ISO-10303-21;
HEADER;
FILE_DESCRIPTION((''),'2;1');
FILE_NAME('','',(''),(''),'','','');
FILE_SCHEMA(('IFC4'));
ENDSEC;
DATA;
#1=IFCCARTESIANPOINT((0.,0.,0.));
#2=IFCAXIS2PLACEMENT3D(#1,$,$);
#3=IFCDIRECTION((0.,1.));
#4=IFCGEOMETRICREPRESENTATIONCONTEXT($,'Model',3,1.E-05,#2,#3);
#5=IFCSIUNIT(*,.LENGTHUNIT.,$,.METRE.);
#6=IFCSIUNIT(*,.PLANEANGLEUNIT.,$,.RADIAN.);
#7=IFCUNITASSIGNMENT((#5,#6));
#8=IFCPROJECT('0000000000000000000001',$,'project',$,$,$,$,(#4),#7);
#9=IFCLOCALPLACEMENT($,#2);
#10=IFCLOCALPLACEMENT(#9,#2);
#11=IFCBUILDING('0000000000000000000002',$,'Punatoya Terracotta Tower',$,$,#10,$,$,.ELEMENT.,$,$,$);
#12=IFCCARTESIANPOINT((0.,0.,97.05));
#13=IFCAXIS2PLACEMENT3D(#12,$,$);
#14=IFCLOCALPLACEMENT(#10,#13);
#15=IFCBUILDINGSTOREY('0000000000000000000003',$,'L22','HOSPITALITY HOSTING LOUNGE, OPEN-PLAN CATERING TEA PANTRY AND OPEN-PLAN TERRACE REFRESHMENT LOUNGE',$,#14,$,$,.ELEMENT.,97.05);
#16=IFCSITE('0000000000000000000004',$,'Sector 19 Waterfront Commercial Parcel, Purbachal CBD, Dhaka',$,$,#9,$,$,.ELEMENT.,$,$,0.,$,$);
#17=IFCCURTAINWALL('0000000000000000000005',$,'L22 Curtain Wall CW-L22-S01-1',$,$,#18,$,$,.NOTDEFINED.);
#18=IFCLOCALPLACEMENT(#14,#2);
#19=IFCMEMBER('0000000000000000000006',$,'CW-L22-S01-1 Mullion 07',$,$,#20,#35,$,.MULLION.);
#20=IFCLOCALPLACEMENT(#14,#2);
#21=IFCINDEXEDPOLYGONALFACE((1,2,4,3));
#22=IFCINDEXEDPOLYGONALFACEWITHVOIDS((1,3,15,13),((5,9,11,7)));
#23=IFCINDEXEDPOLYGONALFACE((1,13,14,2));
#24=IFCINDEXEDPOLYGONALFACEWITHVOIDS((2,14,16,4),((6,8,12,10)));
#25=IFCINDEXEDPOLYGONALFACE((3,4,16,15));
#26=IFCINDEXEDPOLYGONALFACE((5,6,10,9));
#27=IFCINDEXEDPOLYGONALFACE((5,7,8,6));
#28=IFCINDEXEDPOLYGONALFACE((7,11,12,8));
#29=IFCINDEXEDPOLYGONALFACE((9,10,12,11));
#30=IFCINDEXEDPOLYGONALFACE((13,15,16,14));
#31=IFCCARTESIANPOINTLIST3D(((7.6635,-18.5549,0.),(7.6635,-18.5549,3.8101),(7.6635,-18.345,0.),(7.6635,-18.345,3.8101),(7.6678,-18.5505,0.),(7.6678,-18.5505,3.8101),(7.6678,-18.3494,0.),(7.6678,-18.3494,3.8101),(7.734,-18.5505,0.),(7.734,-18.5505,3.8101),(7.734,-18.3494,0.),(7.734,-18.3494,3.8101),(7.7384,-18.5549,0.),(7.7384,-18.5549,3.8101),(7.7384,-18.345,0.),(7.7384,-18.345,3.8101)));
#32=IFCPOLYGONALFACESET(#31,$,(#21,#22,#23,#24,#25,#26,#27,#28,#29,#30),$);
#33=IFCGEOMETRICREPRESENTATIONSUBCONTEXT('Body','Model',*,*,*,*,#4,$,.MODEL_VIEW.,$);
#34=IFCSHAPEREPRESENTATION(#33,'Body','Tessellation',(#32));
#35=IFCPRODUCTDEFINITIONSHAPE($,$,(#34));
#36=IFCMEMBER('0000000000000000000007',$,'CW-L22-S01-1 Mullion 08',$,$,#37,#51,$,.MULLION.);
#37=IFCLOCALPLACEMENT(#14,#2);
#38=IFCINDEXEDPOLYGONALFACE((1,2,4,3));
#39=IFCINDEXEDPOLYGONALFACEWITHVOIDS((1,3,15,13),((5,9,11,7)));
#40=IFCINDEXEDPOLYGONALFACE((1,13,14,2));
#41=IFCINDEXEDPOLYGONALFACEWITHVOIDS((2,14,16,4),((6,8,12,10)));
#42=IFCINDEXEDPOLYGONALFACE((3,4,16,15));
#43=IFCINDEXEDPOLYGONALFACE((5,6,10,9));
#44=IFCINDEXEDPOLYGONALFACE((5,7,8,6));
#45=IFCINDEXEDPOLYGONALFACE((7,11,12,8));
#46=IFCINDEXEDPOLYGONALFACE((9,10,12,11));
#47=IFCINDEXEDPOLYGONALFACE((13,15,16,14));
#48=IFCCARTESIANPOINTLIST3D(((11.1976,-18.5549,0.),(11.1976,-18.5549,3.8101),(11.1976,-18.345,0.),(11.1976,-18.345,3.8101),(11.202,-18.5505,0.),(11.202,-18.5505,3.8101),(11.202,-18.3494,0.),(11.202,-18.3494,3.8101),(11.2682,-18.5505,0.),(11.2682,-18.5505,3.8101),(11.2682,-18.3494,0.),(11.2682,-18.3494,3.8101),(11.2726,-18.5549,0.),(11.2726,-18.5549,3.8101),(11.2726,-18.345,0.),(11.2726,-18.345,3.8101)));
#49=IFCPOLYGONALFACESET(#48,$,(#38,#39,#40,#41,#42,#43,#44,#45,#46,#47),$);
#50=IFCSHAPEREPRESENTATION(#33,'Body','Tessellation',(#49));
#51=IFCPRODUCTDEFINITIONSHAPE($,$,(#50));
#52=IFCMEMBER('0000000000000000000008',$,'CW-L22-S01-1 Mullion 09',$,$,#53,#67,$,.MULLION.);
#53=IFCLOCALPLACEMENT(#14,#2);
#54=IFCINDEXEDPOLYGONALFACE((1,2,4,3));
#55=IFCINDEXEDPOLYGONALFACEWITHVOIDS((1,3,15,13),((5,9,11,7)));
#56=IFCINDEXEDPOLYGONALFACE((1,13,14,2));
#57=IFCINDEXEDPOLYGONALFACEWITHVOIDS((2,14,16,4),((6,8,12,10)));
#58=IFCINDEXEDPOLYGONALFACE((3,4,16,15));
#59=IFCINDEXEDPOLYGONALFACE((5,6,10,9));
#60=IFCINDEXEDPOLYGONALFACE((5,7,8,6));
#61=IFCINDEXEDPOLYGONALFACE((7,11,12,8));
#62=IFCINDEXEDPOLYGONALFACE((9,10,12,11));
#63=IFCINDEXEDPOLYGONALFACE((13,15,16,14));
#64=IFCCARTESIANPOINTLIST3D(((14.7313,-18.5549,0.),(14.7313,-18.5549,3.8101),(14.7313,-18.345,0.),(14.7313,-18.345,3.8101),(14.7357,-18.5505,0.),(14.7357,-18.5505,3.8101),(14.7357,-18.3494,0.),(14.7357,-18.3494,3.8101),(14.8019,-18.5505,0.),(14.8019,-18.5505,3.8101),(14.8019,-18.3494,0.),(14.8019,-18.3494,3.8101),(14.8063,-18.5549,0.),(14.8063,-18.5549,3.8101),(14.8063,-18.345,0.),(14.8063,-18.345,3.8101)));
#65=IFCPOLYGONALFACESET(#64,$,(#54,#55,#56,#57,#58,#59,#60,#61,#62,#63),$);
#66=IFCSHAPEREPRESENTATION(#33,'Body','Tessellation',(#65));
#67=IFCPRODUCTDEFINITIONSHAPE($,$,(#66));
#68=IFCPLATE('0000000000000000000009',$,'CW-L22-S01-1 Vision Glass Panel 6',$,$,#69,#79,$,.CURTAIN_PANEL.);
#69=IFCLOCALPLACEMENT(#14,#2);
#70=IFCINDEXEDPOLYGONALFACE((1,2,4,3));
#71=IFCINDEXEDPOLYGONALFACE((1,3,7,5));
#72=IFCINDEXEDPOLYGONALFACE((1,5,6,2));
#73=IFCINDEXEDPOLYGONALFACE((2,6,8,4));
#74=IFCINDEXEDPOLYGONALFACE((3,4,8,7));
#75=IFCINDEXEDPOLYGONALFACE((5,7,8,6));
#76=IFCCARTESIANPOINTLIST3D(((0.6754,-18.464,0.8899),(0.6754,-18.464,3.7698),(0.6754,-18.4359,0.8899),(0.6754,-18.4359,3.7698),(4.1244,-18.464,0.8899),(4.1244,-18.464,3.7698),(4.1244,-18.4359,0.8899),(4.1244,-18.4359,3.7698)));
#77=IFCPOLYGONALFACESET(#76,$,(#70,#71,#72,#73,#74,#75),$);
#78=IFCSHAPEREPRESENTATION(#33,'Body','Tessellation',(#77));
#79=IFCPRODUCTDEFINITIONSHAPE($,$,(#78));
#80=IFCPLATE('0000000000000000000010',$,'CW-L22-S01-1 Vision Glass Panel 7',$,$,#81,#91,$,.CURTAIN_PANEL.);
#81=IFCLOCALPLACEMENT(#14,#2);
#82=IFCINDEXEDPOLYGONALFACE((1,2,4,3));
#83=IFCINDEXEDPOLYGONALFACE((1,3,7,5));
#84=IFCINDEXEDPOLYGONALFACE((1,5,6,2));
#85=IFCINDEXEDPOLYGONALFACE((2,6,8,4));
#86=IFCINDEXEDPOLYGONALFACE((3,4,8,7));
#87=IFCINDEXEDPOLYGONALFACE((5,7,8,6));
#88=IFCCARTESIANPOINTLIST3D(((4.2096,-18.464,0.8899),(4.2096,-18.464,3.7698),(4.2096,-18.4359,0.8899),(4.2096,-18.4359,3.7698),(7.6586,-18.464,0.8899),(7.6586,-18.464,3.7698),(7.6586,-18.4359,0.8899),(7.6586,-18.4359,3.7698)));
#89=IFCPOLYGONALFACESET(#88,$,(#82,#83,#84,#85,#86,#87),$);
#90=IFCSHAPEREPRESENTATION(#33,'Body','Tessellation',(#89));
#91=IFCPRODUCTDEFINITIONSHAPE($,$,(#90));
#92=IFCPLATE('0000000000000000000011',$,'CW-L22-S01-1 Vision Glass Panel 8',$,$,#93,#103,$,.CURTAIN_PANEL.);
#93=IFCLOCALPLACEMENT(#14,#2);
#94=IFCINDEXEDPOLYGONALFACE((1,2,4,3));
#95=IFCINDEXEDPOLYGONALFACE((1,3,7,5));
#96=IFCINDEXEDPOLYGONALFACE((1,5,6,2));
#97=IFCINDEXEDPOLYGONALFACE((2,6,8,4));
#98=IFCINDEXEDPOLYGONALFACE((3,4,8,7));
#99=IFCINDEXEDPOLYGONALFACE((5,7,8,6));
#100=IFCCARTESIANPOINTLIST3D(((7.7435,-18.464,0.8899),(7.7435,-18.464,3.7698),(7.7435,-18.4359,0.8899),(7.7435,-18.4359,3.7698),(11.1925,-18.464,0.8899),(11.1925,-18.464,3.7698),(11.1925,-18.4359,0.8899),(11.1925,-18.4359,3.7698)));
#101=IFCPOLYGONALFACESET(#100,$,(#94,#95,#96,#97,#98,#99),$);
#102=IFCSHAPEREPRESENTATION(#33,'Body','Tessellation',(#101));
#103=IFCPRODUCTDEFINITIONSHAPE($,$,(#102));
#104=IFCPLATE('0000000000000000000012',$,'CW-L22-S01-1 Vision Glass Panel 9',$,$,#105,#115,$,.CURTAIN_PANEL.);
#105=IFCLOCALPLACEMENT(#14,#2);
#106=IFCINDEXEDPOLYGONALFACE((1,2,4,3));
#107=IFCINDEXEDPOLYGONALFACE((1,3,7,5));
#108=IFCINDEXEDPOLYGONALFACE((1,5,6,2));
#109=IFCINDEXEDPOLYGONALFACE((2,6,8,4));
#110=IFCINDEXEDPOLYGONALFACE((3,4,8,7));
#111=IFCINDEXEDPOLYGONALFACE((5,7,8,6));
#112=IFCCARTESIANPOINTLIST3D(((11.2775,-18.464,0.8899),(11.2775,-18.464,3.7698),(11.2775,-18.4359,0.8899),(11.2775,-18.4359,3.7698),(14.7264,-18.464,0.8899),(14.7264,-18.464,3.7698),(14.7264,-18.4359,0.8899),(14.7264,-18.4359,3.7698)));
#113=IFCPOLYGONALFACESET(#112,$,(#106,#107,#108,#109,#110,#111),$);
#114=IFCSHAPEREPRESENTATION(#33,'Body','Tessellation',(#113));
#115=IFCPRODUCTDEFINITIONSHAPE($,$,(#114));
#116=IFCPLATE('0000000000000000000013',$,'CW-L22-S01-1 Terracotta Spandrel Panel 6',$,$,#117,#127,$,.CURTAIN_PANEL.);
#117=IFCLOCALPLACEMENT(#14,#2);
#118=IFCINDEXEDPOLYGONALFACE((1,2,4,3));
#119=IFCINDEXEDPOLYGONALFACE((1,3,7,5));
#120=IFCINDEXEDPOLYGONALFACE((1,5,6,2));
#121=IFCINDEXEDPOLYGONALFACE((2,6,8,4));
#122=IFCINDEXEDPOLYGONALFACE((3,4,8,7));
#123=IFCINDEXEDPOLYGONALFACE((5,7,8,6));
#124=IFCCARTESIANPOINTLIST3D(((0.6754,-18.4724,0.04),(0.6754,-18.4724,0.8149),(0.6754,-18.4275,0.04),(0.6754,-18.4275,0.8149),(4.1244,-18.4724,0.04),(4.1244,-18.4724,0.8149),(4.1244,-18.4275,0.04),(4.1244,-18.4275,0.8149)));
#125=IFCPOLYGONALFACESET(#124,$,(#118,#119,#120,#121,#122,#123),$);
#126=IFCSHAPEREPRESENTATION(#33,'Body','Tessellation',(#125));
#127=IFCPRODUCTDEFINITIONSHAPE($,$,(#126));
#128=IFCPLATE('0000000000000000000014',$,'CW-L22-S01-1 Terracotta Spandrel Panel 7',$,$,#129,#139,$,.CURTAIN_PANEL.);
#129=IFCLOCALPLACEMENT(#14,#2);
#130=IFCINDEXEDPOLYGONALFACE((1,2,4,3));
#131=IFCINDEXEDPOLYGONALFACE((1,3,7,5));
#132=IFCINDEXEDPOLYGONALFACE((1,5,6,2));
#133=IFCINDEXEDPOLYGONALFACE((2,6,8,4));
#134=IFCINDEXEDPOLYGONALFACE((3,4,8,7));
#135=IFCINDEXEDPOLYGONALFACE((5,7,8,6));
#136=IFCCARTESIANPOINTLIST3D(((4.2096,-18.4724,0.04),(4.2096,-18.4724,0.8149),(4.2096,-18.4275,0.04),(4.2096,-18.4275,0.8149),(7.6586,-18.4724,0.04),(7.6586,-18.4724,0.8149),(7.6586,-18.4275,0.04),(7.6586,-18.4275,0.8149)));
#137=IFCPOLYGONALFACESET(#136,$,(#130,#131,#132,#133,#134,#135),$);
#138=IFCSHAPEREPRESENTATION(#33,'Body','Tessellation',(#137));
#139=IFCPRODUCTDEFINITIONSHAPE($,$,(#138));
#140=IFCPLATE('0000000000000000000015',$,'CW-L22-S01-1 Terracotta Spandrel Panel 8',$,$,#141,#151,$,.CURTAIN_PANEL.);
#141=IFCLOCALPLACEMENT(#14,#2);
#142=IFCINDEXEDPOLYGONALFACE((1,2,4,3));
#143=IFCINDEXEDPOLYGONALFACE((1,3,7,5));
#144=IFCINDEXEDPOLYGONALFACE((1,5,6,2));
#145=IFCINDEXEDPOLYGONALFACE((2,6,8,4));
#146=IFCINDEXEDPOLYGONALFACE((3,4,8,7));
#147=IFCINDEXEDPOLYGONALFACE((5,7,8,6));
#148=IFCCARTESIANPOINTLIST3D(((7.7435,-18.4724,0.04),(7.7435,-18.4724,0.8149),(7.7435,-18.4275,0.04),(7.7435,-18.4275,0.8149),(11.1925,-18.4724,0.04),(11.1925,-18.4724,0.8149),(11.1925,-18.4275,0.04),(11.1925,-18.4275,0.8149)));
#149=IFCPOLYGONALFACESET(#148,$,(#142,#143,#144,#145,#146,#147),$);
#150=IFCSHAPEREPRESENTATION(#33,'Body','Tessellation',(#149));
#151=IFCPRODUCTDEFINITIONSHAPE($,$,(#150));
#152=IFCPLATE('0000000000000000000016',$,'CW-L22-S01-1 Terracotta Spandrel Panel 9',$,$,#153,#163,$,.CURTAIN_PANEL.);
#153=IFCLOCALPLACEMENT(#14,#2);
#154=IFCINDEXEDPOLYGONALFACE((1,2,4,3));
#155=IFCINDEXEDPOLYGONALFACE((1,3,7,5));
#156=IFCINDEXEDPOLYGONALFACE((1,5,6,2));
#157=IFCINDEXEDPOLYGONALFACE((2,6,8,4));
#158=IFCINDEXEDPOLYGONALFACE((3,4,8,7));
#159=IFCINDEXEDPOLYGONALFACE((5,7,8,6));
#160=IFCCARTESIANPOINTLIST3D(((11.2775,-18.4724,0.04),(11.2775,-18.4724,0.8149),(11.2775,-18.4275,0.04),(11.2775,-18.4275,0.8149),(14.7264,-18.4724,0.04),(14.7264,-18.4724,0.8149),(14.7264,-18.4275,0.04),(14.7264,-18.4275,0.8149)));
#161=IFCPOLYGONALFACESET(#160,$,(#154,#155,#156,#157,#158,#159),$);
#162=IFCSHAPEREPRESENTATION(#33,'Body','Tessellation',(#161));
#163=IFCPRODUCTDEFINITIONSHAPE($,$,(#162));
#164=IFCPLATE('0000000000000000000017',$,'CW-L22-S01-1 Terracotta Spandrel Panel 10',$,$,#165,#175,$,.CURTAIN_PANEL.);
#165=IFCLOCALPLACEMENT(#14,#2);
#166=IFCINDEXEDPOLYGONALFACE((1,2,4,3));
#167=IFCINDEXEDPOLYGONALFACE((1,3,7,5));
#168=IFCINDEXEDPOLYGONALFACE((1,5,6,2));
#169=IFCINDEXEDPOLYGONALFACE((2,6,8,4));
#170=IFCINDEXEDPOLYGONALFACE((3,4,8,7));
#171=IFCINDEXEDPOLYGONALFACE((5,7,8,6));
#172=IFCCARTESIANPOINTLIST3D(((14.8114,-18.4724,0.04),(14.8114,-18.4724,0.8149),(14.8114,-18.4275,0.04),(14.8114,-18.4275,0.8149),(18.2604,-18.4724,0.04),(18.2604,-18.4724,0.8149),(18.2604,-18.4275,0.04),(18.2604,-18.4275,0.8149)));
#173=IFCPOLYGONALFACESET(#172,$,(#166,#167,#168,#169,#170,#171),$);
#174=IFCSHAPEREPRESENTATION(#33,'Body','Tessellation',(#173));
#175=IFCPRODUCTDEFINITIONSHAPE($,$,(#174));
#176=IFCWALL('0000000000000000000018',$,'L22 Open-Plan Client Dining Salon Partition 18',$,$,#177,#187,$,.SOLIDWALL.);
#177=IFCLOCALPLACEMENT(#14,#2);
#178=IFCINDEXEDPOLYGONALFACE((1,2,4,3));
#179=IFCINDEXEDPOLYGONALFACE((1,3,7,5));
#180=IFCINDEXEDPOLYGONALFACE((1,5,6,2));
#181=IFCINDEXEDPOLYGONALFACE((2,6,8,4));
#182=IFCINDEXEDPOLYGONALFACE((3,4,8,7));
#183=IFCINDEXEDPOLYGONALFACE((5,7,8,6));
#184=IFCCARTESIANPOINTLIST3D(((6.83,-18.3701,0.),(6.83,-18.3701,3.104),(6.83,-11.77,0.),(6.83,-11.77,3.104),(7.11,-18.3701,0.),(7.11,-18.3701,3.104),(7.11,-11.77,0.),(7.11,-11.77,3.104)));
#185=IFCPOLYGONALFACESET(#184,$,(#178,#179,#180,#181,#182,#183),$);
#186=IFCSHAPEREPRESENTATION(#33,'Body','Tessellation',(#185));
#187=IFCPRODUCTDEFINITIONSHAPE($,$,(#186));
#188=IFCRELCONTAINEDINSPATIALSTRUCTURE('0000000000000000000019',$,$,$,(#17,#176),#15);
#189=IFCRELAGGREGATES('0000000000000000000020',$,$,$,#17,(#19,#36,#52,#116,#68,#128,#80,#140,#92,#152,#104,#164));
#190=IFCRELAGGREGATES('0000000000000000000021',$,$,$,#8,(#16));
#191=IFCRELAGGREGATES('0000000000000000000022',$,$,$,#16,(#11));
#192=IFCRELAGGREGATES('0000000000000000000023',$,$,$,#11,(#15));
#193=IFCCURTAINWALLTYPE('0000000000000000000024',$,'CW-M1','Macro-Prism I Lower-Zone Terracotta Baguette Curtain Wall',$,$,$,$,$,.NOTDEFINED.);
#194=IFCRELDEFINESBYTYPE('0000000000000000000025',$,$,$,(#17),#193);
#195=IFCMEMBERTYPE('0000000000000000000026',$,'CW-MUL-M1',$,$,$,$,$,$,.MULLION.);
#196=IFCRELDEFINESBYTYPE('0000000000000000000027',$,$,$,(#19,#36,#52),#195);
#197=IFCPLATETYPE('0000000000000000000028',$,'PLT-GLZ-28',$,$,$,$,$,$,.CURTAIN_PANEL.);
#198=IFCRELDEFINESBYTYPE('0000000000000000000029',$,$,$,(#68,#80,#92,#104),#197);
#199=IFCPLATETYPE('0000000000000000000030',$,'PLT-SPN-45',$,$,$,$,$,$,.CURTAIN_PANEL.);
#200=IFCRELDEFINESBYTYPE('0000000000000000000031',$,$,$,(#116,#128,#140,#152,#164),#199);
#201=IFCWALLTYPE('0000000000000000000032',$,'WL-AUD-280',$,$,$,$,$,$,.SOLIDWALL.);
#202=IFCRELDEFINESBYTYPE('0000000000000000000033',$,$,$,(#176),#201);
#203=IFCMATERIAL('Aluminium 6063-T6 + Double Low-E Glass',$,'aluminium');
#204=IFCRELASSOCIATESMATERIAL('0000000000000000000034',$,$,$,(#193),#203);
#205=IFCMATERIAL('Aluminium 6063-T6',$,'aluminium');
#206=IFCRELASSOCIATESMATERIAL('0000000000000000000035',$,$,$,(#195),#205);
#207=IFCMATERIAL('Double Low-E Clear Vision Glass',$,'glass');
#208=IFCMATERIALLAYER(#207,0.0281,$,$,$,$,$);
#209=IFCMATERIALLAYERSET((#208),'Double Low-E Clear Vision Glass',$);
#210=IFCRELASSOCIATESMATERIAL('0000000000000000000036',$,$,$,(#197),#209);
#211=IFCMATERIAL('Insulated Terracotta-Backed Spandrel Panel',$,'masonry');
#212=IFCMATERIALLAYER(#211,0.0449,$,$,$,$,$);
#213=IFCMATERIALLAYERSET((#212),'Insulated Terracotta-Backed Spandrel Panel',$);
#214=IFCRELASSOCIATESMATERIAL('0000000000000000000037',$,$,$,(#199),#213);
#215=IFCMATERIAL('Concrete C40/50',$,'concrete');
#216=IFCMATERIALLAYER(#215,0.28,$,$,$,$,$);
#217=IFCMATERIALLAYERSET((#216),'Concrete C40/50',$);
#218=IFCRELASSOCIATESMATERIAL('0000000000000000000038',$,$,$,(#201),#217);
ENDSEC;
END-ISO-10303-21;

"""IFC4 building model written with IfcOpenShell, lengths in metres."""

from ifc_helpers import new_model, si_unit, direction, frame, frame_2d, origin, origin_2d, place, context, subcontext, project, spatial, rectangle, hollow_rectangle, extrude, material, layer, layer_set, material_profile, profile_set, type_object, element, aggregate, save


model = new_model("IFC4")

# Units and contexts
model_context = context("Model", 3, precision=1e-05, world=origin(), true_north=direction((0.0, 1.0)))
body_context = subcontext(model_context, "Body", "Model", "MODEL_VIEW")
ifc_project = project(units=[si_unit("LENGTHUNIT", "METRE"), si_unit("PLANEANGLEUNIT", "RADIAN")], contexts=[model_context])

# Site, building, storey
site_placement = place(None, origin())
site = spatial("IfcSite", under=ifc_project, at=site_placement, Name="Sector 19 Waterfront Commercial Parcel, Purbachal CBD, Dhaka", CompositionType="ELEMENT", RefElevation=0.0)
building_placement = place(site_placement, origin())
building = spatial("IfcBuilding", under=site, at=building_placement, Name="Punatoya Terracotta Tower", CompositionType="ELEMENT")
storey_placement = place(building_placement, frame((0.0, 0.0, 97.05)))
storey = spatial("IfcBuildingStorey", under=building, at=storey_placement, Name="L22", Description="HOSPITALITY HOSTING LOUNGE, OPEN-PLAN CATERING TEA PANTRY AND OPEN-PLAN TERRACE REFRESHMENT LOUNGE", CompositionType="ELEMENT", Elevation=97.05)

# Curtain wall, members, plates
ifc_material_1 = material(Name="Aluminium 6063-T6 + Double Low-E Glass", Category="aluminium")
curtain_wall_type = type_object("IfcCurtainWallType", Name="CW-M1", Description="Macro-Prism I Lower-Zone Terracotta Baguette Curtain Wall", PredefinedType="NOTDEFINED", material=ifc_material_1)
curtain_wall_placement = place(storey_placement, origin())
curtain_wall = element("IfcCurtainWall", 1, at=curtain_wall_placement, inside=storey, type_object=curtain_wall_type, Name="L22 Curtain Wall CW-L22-S01-1", PredefinedType="NOTDEFINED")
ifc_material_2 = material(Name="Aluminium 6063-T6", Category="aluminium")
ifc_material_profile_1 = material_profile(ifc_material_2, hollow_rectangle(XDim=0.075, YDim=0.21, WallThickness=0.0044, at=origin_2d()))
ifc_profile_set_1 = profile_set([ifc_material_profile_1], Name="Aluminium 6063-T6")
member_type = type_object("IfcMemberType", Name="CW-MUL-M1", PredefinedType="MULLION", material=ifc_profile_set_1)
member_1_placement = place(storey_placement, frame((7.7009, -18.45, 0.0), z_axis=(0.0, 0.0, 1.0), x_axis=(1.0, 0.0, 0.0)))
member_1 = element("IfcMember", 2, at=member_1_placement, type_object=member_type, Name="CW-L22-S01-1 Mullion 07", PredefinedType="MULLION", context=body_context, shape_type="SweptSolid", body=[
    extrude(hollow_rectangle(XDim=0.075, YDim=0.21, WallThickness=0.0044, at=origin_2d()), origin(), (0.0, 0.0, 1.0), 3.8101),
])
member_2_placement = place(storey_placement, frame((11.2351, -18.45, 0.0), z_axis=(0.0, 0.0, 1.0), x_axis=(1.0, 0.0, 0.0)))
member_2 = element("IfcMember", 3, at=member_2_placement, type_object=member_type, Name="CW-L22-S01-1 Mullion 08", PredefinedType="MULLION", context=body_context, shape_type="SweptSolid", body=[
    extrude(hollow_rectangle(XDim=0.075, YDim=0.21, WallThickness=0.0044, at=origin_2d()), origin(), (0.0, 0.0, 1.0), 3.8101),
])
member_3_placement = place(storey_placement, frame((14.7688, -18.45, 0.0), z_axis=(0.0, 0.0, 1.0), x_axis=(1.0, 0.0, 0.0)))
member_3 = element("IfcMember", 4, at=member_3_placement, type_object=member_type, Name="CW-L22-S01-1 Mullion 09", PredefinedType="MULLION", context=body_context, shape_type="SweptSolid", body=[
    extrude(hollow_rectangle(XDim=0.075, YDim=0.21, WallThickness=0.0044, at=origin_2d()), origin(), (0.0, 0.0, 1.0), 3.8101),
])
ifc_material_3 = material(Name="Double Low-E Clear Vision Glass", Category="glass")
ifc_layer_1 = layer(ifc_material_3, 0.0281)
ifc_layer_set_1 = layer_set([ifc_layer_1], Name="Double Low-E Clear Vision Glass")
plate_type_1 = type_object("IfcPlateType", Name="PLT-GLZ-28", PredefinedType="CURTAIN_PANEL", material=ifc_layer_set_1)
plate_1_placement = place(storey_placement, frame((2.3999, -18.45, 0.8899), z_axis=(0.0, 0.0, 1.0), x_axis=(1.0, 0.0, 0.0)))
plate_1 = element("IfcPlate", 5, at=plate_1_placement, type_object=plate_type_1, Name="CW-L22-S01-1 Vision Glass Panel 6", PredefinedType="CURTAIN_PANEL", context=body_context, shape_type="SweptSolid", body=[
    extrude(rectangle(XDim=3.449, YDim=0.0281, at=origin_2d()), origin(), (0.0, 0.0, 1.0), 2.8799),
])
plate_2_placement = place(storey_placement, frame((5.9341, -18.45, 0.8899), z_axis=(0.0, 0.0, 1.0), x_axis=(1.0, 0.0, 0.0)))
plate_2 = element("IfcPlate", 6, at=plate_2_placement, type_object=plate_type_1, Name="CW-L22-S01-1 Vision Glass Panel 7", PredefinedType="CURTAIN_PANEL", context=body_context, shape_type="SweptSolid", body=[
    extrude(rectangle(XDim=3.449, YDim=0.0281, at=origin_2d()), origin(), (0.0, 0.0, 1.0), 2.8799),
])
plate_3_placement = place(storey_placement, frame((9.468, -18.45, 0.8899), z_axis=(0.0, 0.0, 1.0), x_axis=(1.0, 0.0, 0.0)))
plate_3 = element("IfcPlate", 7, at=plate_3_placement, type_object=plate_type_1, Name="CW-L22-S01-1 Vision Glass Panel 8", PredefinedType="CURTAIN_PANEL", context=body_context, shape_type="SweptSolid", body=[
    extrude(rectangle(XDim=3.449, YDim=0.0281, at=origin_2d()), origin(), (0.0, 0.0, 1.0), 2.8799),
])
plate_4_placement = place(storey_placement, frame((13.002, -18.45, 0.8899), z_axis=(0.0, 0.0, 1.0), x_axis=(1.0, 0.0, 0.0)))
plate_4 = element("IfcPlate", 8, at=plate_4_placement, type_object=plate_type_1, Name="CW-L22-S01-1 Vision Glass Panel 9", PredefinedType="CURTAIN_PANEL", context=body_context, shape_type="SweptSolid", body=[
    extrude(rectangle(XDim=3.449, YDim=0.0281, at=origin_2d()), origin(), (0.0, 0.0, 1.0), 2.8799),
])
ifc_material_4 = material(Name="Insulated Terracotta-Backed Spandrel Panel", Category="masonry")
ifc_layer_2 = layer(ifc_material_4, 0.0449)
ifc_layer_set_2 = layer_set([ifc_layer_2], Name="Insulated Terracotta-Backed Spandrel Panel")
plate_type_2 = type_object("IfcPlateType", Name="PLT-SPN-45", PredefinedType="CURTAIN_PANEL", material=ifc_layer_set_2)
plate_5_placement = place(storey_placement, frame((2.3999, -18.45, 0.04), z_axis=(0.0, 0.0, 1.0), x_axis=(1.0, 0.0, 0.0)))
plate_5 = element("IfcPlate", 9, at=plate_5_placement, type_object=plate_type_2, Name="CW-L22-S01-1 Terracotta Spandrel Panel 6", PredefinedType="CURTAIN_PANEL", context=body_context, shape_type="SweptSolid", body=[
    extrude(rectangle(XDim=3.449, YDim=0.0449, at=origin_2d()), origin(), (0.0, 0.0, 1.0), 0.7749),
])
plate_6_placement = place(storey_placement, frame((5.9341, -18.45, 0.04), z_axis=(0.0, 0.0, 1.0), x_axis=(1.0, 0.0, 0.0)))
plate_6 = element("IfcPlate", 10, at=plate_6_placement, type_object=plate_type_2, Name="CW-L22-S01-1 Terracotta Spandrel Panel 7", PredefinedType="CURTAIN_PANEL", context=body_context, shape_type="SweptSolid", body=[
    extrude(rectangle(XDim=3.449, YDim=0.0449, at=origin_2d()), origin(), (0.0, 0.0, 1.0), 0.7749),
])
plate_7_placement = place(storey_placement, frame((9.468, -18.45, 0.04), z_axis=(0.0, 0.0, 1.0), x_axis=(1.0, 0.0, 0.0)))
plate_7 = element("IfcPlate", 11, at=plate_7_placement, type_object=plate_type_2, Name="CW-L22-S01-1 Terracotta Spandrel Panel 8", PredefinedType="CURTAIN_PANEL", context=body_context, shape_type="SweptSolid", body=[
    extrude(rectangle(XDim=3.449, YDim=0.0449, at=origin_2d()), origin(), (0.0, 0.0, 1.0), 0.7749),
])
plate_8_placement = place(storey_placement, frame((13.002, -18.45, 0.04), z_axis=(0.0, 0.0, 1.0), x_axis=(1.0, 0.0, 0.0)))
plate_8 = element("IfcPlate", 12, at=plate_8_placement, type_object=plate_type_2, Name="CW-L22-S01-1 Terracotta Spandrel Panel 9", PredefinedType="CURTAIN_PANEL", context=body_context, shape_type="SweptSolid", body=[
    extrude(rectangle(XDim=3.449, YDim=0.0449, at=origin_2d()), origin(), (0.0, 0.0, 1.0), 0.7749),
])
plate_9_placement = place(storey_placement, frame((16.5359, -18.45, 0.04), z_axis=(0.0, 0.0, 1.0), x_axis=(1.0, 0.0, 0.0)))
plate_9 = element("IfcPlate", 13, at=plate_9_placement, type_object=plate_type_2, Name="CW-L22-S01-1 Terracotta Spandrel Panel 10", PredefinedType="CURTAIN_PANEL", context=body_context, shape_type="SweptSolid", body=[
    extrude(rectangle(XDim=3.449, YDim=0.0449, at=origin_2d()), origin(), (0.0, 0.0, 1.0), 0.7749),
])
aggregate(curtain_wall, [member_1, member_2, member_3, plate_5, plate_1, plate_6, plate_2, plate_7, plate_3, plate_8, plate_4, plate_9])

# Wall
ifc_material_5 = material(Name="Concrete C40/50", Category="concrete")
ifc_layer_3 = layer(ifc_material_5, 0.28)
ifc_layer_set_3 = layer_set([ifc_layer_3], Name="Concrete C40/50")
wall_type_1 = type_object("IfcWallType", Name="WL-AUD-280", PredefinedType="SOLIDWALL", material=ifc_layer_set_3)
wall_1_placement = place(storey_placement, frame((6.97, -11.77, 0.0), z_axis=(0.0, 0.0, 1.0), x_axis=(0.0, -1.0, 0.0)))
element("IfcWall", 14, at=wall_1_placement, inside=storey, type_object=wall_type_1, Name="L22 Open-Plan Client Dining Salon Partition 18", PredefinedType="SOLIDWALL", context=body_context, shape_type="SweptSolid", body=[
    extrude(rectangle(XDim=6.6001, YDim=0.28, at=frame_2d((3.3, 0.0))), origin(), (0.0, 0.0, 1.0), 3.104),
])

save(model, "model.ifc")
